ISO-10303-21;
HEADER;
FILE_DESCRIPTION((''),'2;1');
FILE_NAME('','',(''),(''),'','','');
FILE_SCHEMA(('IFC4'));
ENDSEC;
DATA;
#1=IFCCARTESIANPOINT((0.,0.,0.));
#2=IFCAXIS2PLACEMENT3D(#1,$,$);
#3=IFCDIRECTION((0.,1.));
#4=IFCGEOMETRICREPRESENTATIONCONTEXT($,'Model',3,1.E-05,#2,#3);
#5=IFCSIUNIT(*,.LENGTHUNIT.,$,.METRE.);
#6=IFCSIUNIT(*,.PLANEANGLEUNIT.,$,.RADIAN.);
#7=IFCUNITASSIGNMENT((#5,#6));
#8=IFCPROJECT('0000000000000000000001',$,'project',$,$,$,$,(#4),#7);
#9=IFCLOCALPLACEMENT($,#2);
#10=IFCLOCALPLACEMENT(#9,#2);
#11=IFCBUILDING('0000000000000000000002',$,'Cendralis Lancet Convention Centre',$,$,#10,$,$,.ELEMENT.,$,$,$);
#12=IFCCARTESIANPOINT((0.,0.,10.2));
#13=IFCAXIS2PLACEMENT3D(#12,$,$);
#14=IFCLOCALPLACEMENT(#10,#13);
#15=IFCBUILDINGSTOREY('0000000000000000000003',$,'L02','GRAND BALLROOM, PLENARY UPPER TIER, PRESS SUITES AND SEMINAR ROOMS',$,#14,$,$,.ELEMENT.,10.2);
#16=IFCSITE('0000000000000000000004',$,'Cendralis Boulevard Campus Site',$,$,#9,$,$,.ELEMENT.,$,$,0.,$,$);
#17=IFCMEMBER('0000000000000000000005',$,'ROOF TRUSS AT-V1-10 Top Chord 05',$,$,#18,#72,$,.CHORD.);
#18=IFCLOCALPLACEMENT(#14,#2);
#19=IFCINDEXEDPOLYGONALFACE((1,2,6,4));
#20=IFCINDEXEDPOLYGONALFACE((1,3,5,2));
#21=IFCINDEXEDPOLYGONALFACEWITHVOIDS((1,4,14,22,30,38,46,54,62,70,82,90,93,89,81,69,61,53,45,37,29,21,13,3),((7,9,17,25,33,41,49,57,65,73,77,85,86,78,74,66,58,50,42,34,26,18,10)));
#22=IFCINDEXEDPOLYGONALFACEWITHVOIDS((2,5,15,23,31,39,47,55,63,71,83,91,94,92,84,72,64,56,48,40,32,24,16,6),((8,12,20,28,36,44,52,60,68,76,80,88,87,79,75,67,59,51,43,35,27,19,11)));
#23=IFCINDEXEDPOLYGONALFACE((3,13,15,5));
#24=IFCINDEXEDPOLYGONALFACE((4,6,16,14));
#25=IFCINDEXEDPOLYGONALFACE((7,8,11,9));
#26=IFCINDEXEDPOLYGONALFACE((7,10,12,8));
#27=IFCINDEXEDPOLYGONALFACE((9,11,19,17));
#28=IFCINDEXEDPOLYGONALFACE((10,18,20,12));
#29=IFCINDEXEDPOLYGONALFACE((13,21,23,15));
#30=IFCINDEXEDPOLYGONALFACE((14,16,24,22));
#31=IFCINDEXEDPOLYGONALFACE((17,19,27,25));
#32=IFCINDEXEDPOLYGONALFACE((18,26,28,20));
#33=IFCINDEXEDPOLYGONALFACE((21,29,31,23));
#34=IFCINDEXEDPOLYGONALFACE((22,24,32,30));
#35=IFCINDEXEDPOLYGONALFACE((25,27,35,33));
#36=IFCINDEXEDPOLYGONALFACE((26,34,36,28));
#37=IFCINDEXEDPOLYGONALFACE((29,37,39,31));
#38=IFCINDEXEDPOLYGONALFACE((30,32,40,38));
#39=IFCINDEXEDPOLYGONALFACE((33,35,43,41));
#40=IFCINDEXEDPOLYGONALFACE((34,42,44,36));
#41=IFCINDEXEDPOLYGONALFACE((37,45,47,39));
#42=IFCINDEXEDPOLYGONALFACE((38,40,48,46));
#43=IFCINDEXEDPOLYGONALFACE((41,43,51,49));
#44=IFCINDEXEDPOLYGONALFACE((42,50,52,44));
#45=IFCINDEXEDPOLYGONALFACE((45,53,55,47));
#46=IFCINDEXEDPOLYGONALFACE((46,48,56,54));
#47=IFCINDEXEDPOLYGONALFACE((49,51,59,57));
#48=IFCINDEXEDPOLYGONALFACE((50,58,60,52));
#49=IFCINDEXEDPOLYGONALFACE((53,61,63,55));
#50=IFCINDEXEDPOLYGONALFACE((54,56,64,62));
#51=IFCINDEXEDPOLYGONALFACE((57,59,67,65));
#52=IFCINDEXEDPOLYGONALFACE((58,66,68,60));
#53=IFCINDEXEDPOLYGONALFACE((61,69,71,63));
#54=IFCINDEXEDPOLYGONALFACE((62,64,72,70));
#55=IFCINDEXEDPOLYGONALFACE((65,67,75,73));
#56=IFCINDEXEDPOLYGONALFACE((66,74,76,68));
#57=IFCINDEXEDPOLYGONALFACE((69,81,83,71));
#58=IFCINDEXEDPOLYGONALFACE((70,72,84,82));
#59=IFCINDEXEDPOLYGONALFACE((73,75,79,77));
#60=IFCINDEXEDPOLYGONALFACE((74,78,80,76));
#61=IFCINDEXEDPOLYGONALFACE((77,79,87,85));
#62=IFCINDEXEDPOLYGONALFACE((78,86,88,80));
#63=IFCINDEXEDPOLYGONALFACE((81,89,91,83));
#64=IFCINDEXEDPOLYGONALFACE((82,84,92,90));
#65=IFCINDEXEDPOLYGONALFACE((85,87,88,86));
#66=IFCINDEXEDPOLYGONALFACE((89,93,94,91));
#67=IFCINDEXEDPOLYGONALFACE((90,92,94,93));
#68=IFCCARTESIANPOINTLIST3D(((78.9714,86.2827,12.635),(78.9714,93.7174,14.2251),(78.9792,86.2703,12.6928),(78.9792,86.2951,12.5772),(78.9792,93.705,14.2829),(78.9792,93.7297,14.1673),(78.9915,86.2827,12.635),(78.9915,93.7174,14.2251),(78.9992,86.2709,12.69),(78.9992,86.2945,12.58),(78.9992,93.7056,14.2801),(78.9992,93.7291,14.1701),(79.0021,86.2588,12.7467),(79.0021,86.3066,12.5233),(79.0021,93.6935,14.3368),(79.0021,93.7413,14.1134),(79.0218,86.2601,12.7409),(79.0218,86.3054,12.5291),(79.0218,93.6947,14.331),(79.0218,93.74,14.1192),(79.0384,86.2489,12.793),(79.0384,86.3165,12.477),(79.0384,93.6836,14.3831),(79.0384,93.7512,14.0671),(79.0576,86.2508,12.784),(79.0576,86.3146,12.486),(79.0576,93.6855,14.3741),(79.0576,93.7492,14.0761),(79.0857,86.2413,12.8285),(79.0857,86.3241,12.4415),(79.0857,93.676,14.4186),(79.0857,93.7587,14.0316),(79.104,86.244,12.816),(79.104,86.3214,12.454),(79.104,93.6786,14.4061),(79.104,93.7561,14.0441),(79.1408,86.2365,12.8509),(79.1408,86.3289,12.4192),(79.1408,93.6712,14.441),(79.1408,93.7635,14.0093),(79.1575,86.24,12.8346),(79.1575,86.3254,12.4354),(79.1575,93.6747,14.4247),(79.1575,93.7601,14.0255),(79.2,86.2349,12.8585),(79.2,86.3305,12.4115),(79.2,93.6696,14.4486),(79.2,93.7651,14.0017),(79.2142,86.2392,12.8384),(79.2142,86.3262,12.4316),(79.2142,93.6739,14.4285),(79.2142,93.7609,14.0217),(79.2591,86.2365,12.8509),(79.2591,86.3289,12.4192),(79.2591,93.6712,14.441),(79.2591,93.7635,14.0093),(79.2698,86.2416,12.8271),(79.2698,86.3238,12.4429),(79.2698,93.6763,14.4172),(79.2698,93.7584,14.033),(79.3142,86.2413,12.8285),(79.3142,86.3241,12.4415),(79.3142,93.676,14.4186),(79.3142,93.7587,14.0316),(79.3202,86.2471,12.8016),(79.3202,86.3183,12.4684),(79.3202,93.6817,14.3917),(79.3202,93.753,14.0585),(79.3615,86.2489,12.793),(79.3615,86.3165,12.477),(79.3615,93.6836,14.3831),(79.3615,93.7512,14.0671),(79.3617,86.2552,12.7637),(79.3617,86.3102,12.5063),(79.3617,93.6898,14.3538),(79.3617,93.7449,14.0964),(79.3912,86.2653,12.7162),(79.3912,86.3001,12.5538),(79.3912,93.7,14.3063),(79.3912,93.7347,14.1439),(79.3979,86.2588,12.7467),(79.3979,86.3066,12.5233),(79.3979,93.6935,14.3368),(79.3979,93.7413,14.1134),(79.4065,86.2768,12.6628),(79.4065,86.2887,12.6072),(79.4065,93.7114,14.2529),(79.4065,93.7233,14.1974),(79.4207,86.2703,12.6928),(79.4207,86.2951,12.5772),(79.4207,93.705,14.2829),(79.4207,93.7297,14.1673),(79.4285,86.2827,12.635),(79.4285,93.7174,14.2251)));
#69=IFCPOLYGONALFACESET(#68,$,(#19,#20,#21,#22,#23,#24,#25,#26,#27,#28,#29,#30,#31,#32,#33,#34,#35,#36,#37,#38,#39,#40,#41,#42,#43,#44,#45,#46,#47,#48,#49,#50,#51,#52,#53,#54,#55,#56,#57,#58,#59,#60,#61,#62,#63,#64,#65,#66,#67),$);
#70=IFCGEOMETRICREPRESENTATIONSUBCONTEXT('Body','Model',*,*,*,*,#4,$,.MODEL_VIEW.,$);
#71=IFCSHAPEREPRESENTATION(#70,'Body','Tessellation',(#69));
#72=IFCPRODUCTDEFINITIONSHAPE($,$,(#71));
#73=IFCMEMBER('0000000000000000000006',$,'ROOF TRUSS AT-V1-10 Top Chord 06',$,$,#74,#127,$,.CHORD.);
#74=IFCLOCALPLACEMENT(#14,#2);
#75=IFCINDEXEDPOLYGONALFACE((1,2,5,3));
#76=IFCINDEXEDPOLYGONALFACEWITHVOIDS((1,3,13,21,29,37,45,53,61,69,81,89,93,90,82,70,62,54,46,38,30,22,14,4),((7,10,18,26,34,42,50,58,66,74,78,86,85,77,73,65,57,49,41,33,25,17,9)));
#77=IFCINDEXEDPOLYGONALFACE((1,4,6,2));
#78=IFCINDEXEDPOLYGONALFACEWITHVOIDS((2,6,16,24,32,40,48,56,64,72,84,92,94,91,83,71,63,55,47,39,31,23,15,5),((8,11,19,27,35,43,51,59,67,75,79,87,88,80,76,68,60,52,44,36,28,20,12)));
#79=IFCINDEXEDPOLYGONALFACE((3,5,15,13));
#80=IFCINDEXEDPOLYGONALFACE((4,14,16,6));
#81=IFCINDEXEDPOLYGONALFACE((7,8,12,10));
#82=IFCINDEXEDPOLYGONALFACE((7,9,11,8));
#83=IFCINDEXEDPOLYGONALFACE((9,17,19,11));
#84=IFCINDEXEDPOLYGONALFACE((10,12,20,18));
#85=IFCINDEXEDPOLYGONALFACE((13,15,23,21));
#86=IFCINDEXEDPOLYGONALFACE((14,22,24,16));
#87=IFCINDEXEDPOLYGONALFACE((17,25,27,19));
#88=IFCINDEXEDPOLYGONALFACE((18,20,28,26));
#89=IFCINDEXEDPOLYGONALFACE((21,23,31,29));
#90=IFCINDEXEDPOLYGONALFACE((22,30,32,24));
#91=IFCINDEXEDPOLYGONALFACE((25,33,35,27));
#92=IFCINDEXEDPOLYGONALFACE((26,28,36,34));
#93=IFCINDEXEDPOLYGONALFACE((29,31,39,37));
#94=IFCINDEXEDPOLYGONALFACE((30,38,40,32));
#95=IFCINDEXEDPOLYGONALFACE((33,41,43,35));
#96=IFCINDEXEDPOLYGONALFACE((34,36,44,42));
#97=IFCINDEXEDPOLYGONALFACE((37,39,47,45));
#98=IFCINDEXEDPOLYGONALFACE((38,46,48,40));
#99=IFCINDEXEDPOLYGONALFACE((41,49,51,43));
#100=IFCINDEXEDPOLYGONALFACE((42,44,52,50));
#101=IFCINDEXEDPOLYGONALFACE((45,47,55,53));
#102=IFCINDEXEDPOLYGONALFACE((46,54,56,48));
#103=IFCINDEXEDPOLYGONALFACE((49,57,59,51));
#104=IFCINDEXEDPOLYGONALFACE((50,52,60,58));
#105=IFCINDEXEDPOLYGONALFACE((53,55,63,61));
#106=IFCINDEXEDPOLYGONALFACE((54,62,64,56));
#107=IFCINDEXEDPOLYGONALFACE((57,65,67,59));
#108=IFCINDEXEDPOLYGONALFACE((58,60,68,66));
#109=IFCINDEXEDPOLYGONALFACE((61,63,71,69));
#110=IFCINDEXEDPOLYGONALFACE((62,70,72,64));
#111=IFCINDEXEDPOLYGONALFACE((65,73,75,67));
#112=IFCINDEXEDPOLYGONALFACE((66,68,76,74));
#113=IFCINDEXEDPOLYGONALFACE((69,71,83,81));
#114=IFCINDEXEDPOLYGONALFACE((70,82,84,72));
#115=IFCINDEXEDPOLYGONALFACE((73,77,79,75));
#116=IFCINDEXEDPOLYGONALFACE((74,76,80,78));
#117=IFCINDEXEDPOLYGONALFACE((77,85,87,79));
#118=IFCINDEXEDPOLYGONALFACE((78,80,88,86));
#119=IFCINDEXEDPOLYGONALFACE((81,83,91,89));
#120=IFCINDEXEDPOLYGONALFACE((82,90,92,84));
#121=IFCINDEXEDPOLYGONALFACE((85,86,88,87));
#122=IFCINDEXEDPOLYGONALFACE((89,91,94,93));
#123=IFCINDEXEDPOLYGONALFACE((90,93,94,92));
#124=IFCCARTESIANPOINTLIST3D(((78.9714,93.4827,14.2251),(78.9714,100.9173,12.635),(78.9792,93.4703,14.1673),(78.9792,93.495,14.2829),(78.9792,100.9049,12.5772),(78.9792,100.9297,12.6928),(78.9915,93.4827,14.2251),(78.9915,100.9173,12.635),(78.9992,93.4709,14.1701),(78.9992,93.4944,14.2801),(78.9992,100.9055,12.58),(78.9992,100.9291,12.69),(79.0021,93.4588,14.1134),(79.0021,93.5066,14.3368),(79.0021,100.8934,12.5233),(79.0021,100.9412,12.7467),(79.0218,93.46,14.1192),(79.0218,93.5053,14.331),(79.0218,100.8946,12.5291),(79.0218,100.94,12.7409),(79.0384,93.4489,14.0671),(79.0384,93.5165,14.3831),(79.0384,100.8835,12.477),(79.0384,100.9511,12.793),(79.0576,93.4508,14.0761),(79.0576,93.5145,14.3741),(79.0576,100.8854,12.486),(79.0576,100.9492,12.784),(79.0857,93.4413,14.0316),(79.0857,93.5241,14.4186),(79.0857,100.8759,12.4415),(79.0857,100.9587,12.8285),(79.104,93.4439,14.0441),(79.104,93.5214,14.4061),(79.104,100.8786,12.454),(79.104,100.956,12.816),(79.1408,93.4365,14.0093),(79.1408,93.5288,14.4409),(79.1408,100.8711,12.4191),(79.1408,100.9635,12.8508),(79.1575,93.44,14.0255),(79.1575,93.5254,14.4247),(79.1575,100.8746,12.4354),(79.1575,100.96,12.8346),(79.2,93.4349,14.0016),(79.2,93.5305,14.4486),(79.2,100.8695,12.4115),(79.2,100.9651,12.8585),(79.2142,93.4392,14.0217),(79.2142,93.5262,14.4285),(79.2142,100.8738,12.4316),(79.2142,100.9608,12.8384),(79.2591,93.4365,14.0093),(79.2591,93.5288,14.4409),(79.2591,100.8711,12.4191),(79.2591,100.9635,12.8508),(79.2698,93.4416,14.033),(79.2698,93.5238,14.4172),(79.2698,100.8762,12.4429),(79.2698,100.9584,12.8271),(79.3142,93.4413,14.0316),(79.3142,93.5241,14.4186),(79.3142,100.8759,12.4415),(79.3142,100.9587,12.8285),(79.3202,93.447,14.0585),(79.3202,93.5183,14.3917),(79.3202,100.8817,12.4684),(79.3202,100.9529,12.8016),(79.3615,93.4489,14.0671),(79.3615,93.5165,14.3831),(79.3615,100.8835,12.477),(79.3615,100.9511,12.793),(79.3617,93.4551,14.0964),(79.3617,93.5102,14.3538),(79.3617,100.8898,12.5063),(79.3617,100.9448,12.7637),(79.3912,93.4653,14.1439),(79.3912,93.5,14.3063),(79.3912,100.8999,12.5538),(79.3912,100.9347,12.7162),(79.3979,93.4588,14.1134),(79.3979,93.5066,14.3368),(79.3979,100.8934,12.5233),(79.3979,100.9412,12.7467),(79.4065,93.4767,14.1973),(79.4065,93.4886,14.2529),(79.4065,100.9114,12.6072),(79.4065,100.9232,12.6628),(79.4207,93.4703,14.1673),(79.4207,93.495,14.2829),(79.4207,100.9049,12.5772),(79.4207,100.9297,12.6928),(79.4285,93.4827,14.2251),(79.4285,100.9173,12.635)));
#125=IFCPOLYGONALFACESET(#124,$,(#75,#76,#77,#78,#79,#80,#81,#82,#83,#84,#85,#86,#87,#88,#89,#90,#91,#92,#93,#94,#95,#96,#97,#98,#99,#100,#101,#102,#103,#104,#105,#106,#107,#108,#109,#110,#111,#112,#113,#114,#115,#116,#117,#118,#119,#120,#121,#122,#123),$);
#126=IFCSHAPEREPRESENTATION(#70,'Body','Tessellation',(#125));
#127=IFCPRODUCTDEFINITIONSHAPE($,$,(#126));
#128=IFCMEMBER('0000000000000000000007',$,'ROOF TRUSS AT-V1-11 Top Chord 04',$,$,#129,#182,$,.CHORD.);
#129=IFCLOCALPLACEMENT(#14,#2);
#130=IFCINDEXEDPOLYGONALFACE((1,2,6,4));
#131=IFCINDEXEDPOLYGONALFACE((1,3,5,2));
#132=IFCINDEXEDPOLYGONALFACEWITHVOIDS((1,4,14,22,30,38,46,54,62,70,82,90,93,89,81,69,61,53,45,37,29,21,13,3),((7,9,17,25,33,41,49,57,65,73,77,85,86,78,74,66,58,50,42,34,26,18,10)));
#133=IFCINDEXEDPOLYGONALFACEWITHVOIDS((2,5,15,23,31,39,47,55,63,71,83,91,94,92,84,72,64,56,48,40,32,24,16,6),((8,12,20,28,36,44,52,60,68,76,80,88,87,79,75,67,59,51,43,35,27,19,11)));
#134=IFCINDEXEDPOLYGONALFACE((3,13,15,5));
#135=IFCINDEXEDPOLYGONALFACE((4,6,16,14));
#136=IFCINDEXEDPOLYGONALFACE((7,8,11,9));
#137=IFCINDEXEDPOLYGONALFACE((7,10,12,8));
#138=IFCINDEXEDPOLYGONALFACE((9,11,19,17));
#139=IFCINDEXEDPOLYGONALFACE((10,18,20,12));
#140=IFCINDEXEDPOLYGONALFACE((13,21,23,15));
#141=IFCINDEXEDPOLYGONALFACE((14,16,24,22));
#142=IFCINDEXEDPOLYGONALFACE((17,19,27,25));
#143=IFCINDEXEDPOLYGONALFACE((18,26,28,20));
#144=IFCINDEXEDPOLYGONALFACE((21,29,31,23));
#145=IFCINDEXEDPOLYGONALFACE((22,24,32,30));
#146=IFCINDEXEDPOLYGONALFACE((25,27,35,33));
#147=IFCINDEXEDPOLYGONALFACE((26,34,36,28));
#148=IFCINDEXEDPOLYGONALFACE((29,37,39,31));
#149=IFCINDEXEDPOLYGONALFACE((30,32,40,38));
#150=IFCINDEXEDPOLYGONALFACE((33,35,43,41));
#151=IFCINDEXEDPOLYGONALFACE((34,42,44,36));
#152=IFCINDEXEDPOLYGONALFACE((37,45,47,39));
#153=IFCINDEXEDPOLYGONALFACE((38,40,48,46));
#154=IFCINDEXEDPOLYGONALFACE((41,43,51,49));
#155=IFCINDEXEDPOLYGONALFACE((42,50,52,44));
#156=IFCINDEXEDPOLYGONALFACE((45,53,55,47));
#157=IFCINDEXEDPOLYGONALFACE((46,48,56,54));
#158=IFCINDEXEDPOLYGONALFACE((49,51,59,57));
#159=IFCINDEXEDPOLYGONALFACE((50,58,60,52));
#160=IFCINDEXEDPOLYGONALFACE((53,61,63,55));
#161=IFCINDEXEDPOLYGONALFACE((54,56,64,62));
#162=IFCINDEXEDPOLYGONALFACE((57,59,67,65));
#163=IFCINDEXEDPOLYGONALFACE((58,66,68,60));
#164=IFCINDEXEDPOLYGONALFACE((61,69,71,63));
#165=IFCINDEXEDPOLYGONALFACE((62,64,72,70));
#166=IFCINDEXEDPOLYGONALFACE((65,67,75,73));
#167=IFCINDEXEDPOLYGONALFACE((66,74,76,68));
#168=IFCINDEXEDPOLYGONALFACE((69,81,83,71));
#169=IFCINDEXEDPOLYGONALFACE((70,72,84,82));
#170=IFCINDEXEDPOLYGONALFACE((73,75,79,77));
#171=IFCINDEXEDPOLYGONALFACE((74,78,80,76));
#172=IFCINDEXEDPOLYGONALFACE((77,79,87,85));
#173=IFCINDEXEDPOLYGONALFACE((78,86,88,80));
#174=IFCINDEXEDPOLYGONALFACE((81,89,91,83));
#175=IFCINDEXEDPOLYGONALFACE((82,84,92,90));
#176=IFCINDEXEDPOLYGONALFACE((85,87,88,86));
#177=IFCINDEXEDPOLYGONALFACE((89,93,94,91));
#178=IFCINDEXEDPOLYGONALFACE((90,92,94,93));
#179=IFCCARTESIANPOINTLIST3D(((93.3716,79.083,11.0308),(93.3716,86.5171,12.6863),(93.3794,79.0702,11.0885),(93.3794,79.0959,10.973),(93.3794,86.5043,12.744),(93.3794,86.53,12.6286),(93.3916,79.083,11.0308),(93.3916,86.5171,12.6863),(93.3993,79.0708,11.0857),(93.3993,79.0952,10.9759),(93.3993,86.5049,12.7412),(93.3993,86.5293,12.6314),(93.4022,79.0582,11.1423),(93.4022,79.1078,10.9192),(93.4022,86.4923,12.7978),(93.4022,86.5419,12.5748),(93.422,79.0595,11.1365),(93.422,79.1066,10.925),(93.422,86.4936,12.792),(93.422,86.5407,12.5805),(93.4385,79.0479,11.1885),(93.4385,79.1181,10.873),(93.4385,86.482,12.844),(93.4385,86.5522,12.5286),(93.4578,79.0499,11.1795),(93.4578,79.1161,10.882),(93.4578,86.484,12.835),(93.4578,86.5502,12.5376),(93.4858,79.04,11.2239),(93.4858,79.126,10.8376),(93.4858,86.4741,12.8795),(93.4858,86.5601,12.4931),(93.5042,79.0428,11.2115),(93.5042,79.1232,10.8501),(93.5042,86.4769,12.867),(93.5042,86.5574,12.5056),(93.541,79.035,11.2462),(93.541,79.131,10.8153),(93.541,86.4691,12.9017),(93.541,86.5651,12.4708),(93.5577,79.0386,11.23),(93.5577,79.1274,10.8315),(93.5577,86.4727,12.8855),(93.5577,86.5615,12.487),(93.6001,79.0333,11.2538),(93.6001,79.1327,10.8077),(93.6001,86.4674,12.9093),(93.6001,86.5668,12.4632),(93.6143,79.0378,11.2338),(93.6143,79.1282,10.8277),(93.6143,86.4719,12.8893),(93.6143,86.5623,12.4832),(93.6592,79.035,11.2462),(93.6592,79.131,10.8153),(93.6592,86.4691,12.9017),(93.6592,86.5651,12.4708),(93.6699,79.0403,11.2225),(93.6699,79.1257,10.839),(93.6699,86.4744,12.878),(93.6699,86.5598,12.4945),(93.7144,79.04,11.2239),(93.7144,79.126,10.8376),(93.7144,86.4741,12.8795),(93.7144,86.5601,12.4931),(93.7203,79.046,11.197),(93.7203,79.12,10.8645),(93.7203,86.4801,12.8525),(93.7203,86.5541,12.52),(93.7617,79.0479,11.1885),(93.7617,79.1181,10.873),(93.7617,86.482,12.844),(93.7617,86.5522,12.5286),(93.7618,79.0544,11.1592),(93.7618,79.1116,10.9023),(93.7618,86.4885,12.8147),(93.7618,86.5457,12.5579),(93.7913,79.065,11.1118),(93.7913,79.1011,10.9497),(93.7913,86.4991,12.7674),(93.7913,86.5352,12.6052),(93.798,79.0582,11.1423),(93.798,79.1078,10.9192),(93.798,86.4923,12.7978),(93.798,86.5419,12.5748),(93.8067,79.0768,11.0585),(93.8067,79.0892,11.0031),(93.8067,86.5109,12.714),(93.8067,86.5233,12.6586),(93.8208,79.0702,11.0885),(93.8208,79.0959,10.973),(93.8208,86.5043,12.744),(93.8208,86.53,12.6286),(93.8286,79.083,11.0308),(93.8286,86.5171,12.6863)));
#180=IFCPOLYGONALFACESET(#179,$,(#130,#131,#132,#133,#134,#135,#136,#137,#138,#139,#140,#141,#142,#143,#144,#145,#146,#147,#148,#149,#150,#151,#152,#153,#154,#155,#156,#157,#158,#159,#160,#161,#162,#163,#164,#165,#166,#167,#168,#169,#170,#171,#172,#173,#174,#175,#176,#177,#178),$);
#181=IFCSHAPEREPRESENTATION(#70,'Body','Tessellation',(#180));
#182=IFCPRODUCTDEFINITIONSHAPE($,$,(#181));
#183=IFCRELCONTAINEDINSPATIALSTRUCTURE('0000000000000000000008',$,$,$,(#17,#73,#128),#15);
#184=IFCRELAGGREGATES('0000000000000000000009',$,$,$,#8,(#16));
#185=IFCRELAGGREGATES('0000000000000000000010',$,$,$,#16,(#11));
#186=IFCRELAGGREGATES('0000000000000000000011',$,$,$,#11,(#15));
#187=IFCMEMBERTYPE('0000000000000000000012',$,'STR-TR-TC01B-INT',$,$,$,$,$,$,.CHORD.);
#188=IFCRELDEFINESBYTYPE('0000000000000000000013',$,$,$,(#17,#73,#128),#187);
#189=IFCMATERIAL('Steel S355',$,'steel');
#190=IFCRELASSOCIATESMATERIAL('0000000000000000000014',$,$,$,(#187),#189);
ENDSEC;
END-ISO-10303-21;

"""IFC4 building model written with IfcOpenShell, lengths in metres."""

from ifc_helpers import new_model, si_unit, direction, frame, origin, origin_2d, place, context, subcontext, project, spatial, hollow_circle, extrude, material, material_profile, profile_set, type_object, element, save


model = new_model("IFC4")

# Units and contexts
model_context = context("Model", 3, precision=1e-05, world=origin(), true_north=direction((0.0, 1.0)))
body_context = subcontext(model_context, "Body", "Model", "MODEL_VIEW")
ifc_project = project(units=[si_unit("LENGTHUNIT", "METRE"), si_unit("PLANEANGLEUNIT", "RADIAN")], contexts=[model_context])

# Site, building, storey
site_placement = place(None, origin())
site = spatial("IfcSite", under=ifc_project, at=site_placement, Name="Cendralis Boulevard Campus Site", CompositionType="ELEMENT", RefElevation=0.0)
building_placement = place(site_placement, origin())
building = spatial("IfcBuilding", under=site, at=building_placement, Name="Cendralis Lancet Convention Centre", CompositionType="ELEMENT")
storey_placement = place(building_placement, frame((0.0, 0.0, 10.2)))
storey = spatial("IfcBuildingStorey", under=building, at=storey_placement, Name="L02", Description="GRAND BALLROOM, PLENARY UPPER TIER, PRESS SUITES AND SEMINAR ROOMS", CompositionType="ELEMENT", Elevation=10.2)

# Members
ifc_material = material(Name="Steel S355", Category="steel")
ifc_material_profile_1 = material_profile(ifc_material, hollow_circle(Radius=0.2285, WallThickness=0.02, at=origin_2d()), Name="CHS 457.0x20.0")
ifc_profile_set_1 = profile_set([ifc_material_profile_1], Name="Steel S355")
member_type_1 = type_object("IfcMemberType", Name="STR-TR-TC01B-INT", PredefinedType="CHORD", material=ifc_profile_set_1)
for number, where, z_axis, x_axis, name in (
    (1, (79.2, 86.2827, 12.635), (0.0, 0.977884, 0.209147), (-1.0, 0.0, 0.0), "ROOF TRUSS AT-V1-10 Top Chord 05"),
    (2, (79.2, 93.4827, 14.2251), (0.0, 0.977884, -0.209147), (-1.0, 0.0, 0.0), "ROOF TRUSS AT-V1-10 Top Chord 06"),
):
    element("IfcMember", number, at=place(storey_placement, frame(where, z_axis=z_axis, x_axis=x_axis)), inside=storey, type_object=member_type_1, Name=name, PredefinedType="CHORD", context=body_context, shape_type="SweptSolid", body=[
        extrude(hollow_circle(Radius=0.2285, WallThickness=0.02, at=origin_2d()), origin(), (0.0, 0.0, 1.0), 7.6028),
    ])
member_1_placement = place(storey_placement, frame((93.6001, 79.083, 11.0308), z_axis=(0.0, 0.97609, 0.217368), x_axis=(-1.0, 0.0, 0.0)))
element("IfcMember", 3, at=member_1_placement, inside=storey, type_object=member_type_1, Name="ROOF TRUSS AT-V1-11 Top Chord 04", PredefinedType="CHORD", context=body_context, shape_type="SweptSolid", body=[
    extrude(hollow_circle(Radius=0.2285, WallThickness=0.02, at=origin_2d()), origin(), (0.0, 0.0, 1.0), 7.6162),
])

save(model, "model.ifc")
